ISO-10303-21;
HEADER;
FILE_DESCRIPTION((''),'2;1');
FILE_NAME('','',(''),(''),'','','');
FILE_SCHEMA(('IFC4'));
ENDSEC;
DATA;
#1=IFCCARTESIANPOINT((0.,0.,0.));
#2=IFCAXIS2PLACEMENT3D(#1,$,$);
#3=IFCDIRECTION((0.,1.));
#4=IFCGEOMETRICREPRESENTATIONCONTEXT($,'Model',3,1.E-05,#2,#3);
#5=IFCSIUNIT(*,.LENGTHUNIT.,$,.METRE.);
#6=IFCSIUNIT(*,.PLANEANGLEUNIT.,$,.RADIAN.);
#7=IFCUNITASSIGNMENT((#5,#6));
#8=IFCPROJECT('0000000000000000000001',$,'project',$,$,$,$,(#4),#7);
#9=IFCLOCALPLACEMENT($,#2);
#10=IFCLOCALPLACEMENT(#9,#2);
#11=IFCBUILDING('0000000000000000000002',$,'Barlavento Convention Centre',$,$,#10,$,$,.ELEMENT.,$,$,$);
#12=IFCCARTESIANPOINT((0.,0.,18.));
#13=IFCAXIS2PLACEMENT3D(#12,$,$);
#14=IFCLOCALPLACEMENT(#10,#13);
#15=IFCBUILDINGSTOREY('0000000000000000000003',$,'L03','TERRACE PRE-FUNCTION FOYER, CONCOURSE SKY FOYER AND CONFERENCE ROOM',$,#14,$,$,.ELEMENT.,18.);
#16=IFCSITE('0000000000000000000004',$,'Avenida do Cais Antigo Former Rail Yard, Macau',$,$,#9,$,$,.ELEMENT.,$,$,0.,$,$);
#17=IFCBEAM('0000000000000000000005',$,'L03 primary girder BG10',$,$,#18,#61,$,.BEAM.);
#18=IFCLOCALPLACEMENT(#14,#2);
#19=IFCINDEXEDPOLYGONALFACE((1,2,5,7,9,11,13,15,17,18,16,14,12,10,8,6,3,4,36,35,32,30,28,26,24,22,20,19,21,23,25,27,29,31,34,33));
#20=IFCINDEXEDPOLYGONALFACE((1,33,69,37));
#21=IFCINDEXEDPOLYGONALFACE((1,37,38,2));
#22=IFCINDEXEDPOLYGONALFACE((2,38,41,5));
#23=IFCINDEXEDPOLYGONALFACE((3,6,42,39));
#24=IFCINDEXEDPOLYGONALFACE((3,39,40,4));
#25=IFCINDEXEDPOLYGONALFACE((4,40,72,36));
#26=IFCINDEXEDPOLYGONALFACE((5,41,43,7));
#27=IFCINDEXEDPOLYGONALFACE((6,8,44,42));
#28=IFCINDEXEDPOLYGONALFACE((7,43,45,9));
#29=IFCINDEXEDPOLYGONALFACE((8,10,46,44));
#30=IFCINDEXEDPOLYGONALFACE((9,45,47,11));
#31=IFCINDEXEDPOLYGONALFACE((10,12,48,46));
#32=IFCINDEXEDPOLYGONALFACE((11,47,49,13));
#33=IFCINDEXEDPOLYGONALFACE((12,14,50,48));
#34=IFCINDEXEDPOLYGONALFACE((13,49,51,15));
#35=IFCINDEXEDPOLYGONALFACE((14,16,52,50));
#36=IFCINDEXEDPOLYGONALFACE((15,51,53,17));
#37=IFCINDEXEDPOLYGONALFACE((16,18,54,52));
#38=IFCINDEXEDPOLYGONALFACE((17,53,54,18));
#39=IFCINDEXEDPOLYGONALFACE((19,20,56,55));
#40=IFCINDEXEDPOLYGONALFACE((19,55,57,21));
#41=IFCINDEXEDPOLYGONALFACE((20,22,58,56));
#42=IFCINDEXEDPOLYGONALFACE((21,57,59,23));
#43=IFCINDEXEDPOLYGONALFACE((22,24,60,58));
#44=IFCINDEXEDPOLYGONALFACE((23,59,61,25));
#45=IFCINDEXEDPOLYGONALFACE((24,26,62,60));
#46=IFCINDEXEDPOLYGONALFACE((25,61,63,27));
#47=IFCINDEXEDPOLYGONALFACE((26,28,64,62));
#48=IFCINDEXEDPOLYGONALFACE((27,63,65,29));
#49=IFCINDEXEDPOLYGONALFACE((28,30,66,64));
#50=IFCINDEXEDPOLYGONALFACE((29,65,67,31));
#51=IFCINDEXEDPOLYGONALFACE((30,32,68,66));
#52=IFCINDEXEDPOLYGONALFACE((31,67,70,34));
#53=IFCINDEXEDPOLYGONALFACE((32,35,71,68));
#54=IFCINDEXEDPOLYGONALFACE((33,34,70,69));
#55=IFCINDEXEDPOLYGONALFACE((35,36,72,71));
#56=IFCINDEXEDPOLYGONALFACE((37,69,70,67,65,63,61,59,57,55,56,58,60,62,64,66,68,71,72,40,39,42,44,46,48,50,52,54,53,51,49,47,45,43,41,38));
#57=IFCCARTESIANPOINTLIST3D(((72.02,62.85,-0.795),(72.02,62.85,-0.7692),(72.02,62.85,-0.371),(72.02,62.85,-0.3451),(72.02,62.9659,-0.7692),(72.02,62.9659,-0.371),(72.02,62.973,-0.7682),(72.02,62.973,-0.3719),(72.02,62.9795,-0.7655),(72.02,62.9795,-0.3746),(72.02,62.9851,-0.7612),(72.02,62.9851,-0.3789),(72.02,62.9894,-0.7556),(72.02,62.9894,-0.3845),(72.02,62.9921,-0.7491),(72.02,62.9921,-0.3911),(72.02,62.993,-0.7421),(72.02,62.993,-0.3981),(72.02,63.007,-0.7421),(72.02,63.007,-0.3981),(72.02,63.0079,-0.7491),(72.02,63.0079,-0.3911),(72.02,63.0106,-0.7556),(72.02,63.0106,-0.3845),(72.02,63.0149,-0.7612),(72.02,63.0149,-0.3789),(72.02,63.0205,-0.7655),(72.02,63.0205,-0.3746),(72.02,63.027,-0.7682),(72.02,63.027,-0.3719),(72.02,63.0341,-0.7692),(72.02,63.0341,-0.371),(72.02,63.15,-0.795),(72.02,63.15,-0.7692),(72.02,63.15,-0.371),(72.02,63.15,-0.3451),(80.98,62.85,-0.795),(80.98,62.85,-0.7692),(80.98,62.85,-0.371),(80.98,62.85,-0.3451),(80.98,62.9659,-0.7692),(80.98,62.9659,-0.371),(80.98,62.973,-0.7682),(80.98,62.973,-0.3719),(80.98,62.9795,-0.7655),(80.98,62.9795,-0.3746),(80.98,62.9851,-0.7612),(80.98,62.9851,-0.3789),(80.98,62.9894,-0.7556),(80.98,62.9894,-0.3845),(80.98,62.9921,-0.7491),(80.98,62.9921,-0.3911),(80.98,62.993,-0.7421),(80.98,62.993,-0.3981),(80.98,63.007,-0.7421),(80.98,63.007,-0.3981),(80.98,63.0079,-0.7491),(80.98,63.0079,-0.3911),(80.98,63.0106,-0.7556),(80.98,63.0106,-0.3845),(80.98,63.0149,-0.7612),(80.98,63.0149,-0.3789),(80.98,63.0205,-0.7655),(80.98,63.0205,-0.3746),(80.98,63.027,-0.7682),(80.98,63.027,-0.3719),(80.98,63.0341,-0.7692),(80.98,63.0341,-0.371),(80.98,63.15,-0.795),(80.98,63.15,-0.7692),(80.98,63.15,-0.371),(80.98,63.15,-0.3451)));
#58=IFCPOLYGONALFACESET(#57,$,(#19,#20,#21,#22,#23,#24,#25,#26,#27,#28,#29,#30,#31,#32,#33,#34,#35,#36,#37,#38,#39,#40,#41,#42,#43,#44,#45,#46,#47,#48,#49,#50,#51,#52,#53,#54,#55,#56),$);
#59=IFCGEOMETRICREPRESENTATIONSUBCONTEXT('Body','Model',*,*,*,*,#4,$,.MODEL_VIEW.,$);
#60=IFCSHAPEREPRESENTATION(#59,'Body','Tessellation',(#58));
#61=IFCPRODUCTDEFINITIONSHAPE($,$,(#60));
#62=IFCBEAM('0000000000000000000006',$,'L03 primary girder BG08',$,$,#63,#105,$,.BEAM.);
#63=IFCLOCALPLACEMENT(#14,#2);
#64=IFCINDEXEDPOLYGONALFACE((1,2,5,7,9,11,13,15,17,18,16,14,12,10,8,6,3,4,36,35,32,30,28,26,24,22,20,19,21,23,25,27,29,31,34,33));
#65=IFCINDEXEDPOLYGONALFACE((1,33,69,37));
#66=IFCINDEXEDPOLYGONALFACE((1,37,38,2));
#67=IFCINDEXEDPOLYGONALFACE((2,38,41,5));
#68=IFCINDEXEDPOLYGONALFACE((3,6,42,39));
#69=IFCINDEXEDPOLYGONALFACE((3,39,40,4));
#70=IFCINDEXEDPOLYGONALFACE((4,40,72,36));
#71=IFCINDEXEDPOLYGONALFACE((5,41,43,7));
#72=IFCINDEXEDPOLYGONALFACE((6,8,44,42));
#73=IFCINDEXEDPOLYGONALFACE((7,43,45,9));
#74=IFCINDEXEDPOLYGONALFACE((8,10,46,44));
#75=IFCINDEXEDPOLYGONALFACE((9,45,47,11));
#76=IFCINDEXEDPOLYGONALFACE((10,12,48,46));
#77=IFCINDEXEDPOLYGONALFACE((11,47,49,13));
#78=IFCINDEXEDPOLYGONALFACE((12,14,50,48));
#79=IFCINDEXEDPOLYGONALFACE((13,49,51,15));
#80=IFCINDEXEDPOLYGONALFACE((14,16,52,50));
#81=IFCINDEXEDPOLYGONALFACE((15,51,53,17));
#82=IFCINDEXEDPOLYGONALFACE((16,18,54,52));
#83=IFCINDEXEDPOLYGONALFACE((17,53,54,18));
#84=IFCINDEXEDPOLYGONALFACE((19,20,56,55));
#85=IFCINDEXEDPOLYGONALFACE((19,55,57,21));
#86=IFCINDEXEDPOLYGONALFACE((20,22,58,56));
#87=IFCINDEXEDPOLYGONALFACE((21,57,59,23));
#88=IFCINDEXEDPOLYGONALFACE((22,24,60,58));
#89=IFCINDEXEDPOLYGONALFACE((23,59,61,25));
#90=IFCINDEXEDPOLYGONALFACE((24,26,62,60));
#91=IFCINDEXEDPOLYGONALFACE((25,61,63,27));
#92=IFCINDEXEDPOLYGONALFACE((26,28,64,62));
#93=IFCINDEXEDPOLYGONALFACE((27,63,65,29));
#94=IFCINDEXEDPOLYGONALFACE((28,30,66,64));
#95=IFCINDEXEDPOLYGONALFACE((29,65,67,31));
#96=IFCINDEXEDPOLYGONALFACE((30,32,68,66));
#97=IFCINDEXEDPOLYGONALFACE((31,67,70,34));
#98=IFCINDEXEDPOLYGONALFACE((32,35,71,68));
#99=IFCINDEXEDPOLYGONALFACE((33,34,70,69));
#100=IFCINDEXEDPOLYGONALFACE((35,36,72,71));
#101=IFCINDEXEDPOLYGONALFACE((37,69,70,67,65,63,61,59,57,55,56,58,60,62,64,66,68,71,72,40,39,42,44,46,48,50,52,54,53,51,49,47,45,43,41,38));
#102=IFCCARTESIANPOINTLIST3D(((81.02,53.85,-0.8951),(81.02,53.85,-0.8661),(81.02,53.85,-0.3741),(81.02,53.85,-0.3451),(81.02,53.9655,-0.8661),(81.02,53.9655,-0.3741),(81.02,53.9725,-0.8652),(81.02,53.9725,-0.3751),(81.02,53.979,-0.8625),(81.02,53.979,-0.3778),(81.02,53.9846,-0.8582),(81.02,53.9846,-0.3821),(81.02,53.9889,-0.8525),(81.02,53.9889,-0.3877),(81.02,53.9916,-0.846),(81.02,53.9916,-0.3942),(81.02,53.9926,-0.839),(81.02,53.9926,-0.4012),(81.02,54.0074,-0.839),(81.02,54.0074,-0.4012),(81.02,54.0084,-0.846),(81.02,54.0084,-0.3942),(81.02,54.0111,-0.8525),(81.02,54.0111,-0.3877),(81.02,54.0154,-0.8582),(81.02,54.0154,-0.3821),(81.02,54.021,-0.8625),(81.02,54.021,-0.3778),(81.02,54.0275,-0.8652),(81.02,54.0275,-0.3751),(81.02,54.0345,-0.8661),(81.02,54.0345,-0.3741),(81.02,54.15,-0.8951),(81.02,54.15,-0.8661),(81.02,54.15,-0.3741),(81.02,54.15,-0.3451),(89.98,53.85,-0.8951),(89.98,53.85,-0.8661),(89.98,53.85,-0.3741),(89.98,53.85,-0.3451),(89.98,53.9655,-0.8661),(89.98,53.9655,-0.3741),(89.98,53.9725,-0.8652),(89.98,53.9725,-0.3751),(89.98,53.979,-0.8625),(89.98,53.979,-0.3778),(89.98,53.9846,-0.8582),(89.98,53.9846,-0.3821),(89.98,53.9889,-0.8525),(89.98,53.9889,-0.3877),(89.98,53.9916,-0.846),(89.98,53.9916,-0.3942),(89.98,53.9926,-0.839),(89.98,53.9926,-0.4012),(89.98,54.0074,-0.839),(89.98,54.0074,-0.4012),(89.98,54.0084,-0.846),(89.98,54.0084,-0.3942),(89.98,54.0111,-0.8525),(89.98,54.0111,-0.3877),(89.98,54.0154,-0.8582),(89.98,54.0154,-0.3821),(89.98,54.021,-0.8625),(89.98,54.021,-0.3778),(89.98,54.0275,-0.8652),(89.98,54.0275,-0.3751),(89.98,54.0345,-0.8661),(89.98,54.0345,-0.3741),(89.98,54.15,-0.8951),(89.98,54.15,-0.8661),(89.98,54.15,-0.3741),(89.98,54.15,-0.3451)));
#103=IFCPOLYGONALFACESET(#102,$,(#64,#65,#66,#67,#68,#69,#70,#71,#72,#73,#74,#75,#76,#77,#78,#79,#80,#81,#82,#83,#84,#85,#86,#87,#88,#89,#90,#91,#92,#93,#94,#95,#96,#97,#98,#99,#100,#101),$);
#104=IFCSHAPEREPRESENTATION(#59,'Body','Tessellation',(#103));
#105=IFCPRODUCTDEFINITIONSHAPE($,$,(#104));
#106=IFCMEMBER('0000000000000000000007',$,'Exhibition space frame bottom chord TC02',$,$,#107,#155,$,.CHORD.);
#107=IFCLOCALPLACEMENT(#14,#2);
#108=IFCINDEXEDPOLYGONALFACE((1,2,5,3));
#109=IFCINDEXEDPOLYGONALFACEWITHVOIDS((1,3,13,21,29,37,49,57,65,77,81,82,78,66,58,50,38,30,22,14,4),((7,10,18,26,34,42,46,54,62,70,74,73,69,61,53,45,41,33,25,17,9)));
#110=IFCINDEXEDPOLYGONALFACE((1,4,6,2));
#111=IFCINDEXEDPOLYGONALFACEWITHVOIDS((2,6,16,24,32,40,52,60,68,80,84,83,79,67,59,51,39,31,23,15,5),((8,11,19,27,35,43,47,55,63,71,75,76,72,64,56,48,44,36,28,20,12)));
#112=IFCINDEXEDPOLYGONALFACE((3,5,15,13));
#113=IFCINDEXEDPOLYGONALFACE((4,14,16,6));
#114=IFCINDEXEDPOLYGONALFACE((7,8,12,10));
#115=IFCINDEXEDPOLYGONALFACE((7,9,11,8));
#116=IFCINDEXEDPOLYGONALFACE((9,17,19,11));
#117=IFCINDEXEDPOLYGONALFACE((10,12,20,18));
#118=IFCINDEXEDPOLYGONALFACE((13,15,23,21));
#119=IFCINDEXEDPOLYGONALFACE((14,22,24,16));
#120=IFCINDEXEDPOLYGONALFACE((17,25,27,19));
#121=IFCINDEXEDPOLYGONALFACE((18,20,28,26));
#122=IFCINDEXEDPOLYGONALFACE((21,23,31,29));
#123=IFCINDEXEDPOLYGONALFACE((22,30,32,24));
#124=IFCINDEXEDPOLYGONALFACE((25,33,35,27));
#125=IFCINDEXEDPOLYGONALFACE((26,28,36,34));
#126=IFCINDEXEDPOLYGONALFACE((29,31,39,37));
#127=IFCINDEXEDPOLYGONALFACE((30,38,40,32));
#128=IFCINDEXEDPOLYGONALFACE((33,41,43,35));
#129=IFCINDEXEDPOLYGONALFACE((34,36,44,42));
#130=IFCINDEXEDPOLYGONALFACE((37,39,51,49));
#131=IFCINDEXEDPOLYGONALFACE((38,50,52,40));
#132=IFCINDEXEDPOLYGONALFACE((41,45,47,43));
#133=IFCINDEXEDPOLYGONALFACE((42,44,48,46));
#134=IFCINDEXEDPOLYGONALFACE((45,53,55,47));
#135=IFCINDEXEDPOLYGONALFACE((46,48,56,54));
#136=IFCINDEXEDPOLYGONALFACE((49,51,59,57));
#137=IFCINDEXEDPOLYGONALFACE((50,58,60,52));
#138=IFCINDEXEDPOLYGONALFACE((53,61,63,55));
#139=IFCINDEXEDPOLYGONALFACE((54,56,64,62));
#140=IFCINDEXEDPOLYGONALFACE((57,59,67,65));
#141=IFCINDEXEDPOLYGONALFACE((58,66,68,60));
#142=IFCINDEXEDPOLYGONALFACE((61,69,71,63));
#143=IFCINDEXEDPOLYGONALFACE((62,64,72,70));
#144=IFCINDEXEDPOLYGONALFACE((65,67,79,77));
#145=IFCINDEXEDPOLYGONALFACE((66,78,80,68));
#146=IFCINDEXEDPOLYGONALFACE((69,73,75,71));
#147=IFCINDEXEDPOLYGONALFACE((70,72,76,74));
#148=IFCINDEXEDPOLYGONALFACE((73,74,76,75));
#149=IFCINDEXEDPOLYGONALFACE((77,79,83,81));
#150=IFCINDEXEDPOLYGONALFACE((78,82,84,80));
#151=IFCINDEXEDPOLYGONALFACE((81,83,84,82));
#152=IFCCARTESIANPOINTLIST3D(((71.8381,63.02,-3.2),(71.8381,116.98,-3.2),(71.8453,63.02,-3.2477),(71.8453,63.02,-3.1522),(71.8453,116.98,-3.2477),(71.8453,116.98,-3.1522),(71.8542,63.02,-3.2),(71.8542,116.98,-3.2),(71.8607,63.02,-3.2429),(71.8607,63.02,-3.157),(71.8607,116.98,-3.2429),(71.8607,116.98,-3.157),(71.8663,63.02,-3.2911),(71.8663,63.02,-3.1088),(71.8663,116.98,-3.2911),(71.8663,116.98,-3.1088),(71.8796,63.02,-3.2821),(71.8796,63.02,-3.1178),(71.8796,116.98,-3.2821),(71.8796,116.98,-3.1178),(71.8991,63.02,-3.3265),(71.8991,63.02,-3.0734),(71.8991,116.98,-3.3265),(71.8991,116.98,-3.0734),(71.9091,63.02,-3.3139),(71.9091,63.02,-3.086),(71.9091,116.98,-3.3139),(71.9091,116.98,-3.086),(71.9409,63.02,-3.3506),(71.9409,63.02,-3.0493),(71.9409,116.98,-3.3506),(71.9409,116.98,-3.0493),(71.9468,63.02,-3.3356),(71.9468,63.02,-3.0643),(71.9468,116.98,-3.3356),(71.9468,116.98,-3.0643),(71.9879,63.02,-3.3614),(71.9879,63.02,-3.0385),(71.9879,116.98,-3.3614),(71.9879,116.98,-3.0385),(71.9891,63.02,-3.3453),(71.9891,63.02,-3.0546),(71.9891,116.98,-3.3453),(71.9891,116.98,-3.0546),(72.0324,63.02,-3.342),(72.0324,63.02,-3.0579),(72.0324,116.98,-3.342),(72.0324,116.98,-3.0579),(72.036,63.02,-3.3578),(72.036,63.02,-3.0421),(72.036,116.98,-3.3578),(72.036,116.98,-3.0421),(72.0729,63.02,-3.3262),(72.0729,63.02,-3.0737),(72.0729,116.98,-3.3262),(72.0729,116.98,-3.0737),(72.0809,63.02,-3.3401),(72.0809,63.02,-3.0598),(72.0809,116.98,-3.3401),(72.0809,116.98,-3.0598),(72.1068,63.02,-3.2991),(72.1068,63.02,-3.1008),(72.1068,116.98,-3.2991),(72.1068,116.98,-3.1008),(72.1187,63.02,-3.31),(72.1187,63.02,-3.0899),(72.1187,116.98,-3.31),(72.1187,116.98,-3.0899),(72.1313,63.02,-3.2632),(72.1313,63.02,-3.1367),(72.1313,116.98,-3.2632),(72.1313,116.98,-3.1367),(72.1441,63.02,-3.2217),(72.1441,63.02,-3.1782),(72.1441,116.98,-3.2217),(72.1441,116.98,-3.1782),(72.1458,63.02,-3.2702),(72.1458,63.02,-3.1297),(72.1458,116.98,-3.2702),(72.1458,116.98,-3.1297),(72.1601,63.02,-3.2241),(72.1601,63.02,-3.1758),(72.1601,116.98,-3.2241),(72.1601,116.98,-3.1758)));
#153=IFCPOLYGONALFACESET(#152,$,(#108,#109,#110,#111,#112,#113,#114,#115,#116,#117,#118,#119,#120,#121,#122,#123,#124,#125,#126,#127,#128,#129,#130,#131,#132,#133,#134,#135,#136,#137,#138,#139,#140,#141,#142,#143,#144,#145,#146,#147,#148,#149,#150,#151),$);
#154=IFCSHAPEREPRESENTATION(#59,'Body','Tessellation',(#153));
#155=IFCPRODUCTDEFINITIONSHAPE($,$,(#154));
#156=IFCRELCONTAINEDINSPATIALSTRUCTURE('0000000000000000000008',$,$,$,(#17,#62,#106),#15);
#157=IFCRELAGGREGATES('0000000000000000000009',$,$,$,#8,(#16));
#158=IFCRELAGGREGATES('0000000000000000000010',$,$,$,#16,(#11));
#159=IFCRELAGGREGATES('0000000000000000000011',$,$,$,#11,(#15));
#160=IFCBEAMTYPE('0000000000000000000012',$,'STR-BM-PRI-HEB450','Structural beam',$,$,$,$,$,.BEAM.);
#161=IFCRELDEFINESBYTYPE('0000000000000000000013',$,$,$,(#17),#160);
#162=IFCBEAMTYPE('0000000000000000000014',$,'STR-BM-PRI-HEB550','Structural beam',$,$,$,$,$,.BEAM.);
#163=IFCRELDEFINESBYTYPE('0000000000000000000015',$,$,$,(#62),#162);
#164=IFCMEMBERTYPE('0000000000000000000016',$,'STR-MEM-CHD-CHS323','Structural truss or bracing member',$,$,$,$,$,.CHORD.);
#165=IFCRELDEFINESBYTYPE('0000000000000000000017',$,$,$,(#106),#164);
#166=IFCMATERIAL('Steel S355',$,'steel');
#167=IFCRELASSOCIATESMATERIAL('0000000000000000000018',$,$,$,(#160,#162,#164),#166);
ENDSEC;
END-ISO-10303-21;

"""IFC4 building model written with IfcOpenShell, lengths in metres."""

from ifc_helpers import new_model, si_unit, direction, frame, origin, origin_2d, place, context, subcontext, project, spatial, hollow_circle, i_section, extrude, material, material_profile, profile_set, type_object, element, save


model = new_model("IFC4")

# Units and contexts
model_context = context("Model", 3, precision=1e-05, world=origin(), true_north=direction((0.0, 1.0)))
body_context = subcontext(model_context, "Body", "Model", "MODEL_VIEW")
ifc_project = project(units=[si_unit("LENGTHUNIT", "METRE"), si_unit("PLANEANGLEUNIT", "RADIAN")], contexts=[model_context])

# Site, building, storey
site_placement = place(None, origin())
site = spatial("IfcSite", under=ifc_project, at=site_placement, Name="Avenida do Cais Antigo Former Rail Yard, Macau", CompositionType="ELEMENT", RefElevation=0.0)
building_placement = place(site_placement, origin())
building = spatial("IfcBuilding", under=site, at=building_placement, Name="Barlavento Convention Centre", CompositionType="ELEMENT")
storey_placement = place(building_placement, frame((0.0, 0.0, 18.0)))
storey = spatial("IfcBuildingStorey", under=building, at=storey_placement, Name="L03", Description="TERRACE PRE-FUNCTION FOYER, CONCOURSE SKY FOYER AND CONFERENCE ROOM", CompositionType="ELEMENT", Elevation=18.0)

# Shared definitions
ifc_material_1 = material(Name="Steel S355", Category="steel")

# Beams
ifc_material_profile_1 = material_profile(ifc_material_1, i_section(OverallWidth=0.3, OverallDepth=0.45, WebThickness=0.0139, FlangeThickness=0.0259, FilletRadius=0.0271, at=origin_2d()), Name="HEB 450")
ifc_profile_set_1 = profile_set([ifc_material_profile_1], Name="Steel S355")
beam_type_1 = type_object("IfcBeamType", Name="STR-BM-PRI-HEB450", Description="Structural beam", PredefinedType="BEAM", material=ifc_profile_set_1)
beam_1_placement = place(storey_placement, frame((72.02, 63.0, -0.5701), z_axis=(1.0, 0.0, 0.0), x_axis=(0.0, 1.0, 0.0)))
element("IfcBeam", 1, at=beam_1_placement, inside=storey, type_object=beam_type_1, Name="L03 primary girder BG10", PredefinedType="BEAM", context=body_context, shape_type="SweptSolid", body=[
    extrude(i_section(OverallWidth=0.3, OverallDepth=0.45, WebThickness=0.0139, FlangeThickness=0.0259, FilletRadius=0.0271, at=origin_2d()), origin(), (0.0, 0.0, 1.0), 8.96),
])
ifc_material_profile_2 = material_profile(ifc_material_1, i_section(OverallWidth=0.3, OverallDepth=0.55, WebThickness=0.0149, FlangeThickness=0.0291, FilletRadius=0.0271, at=origin_2d()), Name="HEB 550")
ifc_profile_set_2 = profile_set([ifc_material_profile_2], Name="Steel S355")
beam_type_2 = type_object("IfcBeamType", Name="STR-BM-PRI-HEB550", Description="Structural beam", PredefinedType="BEAM", material=ifc_profile_set_2)
beam_2_placement = place(storey_placement, frame((81.02, 54.0, -0.6201), z_axis=(1.0, 0.0, 0.0), x_axis=(0.0, 1.0, 0.0)))
element("IfcBeam", 2, at=beam_2_placement, inside=storey, type_object=beam_type_2, Name="L03 primary girder BG08", PredefinedType="BEAM", context=body_context, shape_type="SweptSolid", body=[
    extrude(i_section(OverallWidth=0.3, OverallDepth=0.55, WebThickness=0.0149, FlangeThickness=0.0291, FilletRadius=0.0271, at=origin_2d()), origin(), (0.0, 0.0, 1.0), 8.96),
])

# Member
ifc_material_profile_3 = material_profile(ifc_material_1, hollow_circle(Radius=0.1619, WallThickness=0.0161, at=origin_2d()), Name="CHS 323.9x16.0")
ifc_profile_set_3 = profile_set([ifc_material_profile_3], Name="Steel S355")
member_type_1 = type_object("IfcMemberType", Name="STR-MEM-CHD-CHS323", Description="Structural truss or bracing member", PredefinedType="CHORD", material=ifc_profile_set_3)
for number, where, z_axis, x_axis, name in (
    (3, (72.0, 63.02, -3.2), (0.0, 1.0, 0.0), (-1.0, 0.0, 0.0), "Exhibition space frame bottom chord TC02"),
):
    element("IfcMember", number, at=place(storey_placement, frame(where, z_axis=z_axis, x_axis=x_axis)), inside=storey, type_object=member_type_1, Name=name, PredefinedType="CHORD", context=body_context, shape_type="SweptSolid", body=[
        extrude(hollow_circle(Radius=0.1619, WallThickness=0.0161, at=origin_2d()), origin(), (0.0, 0.0, 1.0), 53.96),
    ])

save(model, "model.ifc")
